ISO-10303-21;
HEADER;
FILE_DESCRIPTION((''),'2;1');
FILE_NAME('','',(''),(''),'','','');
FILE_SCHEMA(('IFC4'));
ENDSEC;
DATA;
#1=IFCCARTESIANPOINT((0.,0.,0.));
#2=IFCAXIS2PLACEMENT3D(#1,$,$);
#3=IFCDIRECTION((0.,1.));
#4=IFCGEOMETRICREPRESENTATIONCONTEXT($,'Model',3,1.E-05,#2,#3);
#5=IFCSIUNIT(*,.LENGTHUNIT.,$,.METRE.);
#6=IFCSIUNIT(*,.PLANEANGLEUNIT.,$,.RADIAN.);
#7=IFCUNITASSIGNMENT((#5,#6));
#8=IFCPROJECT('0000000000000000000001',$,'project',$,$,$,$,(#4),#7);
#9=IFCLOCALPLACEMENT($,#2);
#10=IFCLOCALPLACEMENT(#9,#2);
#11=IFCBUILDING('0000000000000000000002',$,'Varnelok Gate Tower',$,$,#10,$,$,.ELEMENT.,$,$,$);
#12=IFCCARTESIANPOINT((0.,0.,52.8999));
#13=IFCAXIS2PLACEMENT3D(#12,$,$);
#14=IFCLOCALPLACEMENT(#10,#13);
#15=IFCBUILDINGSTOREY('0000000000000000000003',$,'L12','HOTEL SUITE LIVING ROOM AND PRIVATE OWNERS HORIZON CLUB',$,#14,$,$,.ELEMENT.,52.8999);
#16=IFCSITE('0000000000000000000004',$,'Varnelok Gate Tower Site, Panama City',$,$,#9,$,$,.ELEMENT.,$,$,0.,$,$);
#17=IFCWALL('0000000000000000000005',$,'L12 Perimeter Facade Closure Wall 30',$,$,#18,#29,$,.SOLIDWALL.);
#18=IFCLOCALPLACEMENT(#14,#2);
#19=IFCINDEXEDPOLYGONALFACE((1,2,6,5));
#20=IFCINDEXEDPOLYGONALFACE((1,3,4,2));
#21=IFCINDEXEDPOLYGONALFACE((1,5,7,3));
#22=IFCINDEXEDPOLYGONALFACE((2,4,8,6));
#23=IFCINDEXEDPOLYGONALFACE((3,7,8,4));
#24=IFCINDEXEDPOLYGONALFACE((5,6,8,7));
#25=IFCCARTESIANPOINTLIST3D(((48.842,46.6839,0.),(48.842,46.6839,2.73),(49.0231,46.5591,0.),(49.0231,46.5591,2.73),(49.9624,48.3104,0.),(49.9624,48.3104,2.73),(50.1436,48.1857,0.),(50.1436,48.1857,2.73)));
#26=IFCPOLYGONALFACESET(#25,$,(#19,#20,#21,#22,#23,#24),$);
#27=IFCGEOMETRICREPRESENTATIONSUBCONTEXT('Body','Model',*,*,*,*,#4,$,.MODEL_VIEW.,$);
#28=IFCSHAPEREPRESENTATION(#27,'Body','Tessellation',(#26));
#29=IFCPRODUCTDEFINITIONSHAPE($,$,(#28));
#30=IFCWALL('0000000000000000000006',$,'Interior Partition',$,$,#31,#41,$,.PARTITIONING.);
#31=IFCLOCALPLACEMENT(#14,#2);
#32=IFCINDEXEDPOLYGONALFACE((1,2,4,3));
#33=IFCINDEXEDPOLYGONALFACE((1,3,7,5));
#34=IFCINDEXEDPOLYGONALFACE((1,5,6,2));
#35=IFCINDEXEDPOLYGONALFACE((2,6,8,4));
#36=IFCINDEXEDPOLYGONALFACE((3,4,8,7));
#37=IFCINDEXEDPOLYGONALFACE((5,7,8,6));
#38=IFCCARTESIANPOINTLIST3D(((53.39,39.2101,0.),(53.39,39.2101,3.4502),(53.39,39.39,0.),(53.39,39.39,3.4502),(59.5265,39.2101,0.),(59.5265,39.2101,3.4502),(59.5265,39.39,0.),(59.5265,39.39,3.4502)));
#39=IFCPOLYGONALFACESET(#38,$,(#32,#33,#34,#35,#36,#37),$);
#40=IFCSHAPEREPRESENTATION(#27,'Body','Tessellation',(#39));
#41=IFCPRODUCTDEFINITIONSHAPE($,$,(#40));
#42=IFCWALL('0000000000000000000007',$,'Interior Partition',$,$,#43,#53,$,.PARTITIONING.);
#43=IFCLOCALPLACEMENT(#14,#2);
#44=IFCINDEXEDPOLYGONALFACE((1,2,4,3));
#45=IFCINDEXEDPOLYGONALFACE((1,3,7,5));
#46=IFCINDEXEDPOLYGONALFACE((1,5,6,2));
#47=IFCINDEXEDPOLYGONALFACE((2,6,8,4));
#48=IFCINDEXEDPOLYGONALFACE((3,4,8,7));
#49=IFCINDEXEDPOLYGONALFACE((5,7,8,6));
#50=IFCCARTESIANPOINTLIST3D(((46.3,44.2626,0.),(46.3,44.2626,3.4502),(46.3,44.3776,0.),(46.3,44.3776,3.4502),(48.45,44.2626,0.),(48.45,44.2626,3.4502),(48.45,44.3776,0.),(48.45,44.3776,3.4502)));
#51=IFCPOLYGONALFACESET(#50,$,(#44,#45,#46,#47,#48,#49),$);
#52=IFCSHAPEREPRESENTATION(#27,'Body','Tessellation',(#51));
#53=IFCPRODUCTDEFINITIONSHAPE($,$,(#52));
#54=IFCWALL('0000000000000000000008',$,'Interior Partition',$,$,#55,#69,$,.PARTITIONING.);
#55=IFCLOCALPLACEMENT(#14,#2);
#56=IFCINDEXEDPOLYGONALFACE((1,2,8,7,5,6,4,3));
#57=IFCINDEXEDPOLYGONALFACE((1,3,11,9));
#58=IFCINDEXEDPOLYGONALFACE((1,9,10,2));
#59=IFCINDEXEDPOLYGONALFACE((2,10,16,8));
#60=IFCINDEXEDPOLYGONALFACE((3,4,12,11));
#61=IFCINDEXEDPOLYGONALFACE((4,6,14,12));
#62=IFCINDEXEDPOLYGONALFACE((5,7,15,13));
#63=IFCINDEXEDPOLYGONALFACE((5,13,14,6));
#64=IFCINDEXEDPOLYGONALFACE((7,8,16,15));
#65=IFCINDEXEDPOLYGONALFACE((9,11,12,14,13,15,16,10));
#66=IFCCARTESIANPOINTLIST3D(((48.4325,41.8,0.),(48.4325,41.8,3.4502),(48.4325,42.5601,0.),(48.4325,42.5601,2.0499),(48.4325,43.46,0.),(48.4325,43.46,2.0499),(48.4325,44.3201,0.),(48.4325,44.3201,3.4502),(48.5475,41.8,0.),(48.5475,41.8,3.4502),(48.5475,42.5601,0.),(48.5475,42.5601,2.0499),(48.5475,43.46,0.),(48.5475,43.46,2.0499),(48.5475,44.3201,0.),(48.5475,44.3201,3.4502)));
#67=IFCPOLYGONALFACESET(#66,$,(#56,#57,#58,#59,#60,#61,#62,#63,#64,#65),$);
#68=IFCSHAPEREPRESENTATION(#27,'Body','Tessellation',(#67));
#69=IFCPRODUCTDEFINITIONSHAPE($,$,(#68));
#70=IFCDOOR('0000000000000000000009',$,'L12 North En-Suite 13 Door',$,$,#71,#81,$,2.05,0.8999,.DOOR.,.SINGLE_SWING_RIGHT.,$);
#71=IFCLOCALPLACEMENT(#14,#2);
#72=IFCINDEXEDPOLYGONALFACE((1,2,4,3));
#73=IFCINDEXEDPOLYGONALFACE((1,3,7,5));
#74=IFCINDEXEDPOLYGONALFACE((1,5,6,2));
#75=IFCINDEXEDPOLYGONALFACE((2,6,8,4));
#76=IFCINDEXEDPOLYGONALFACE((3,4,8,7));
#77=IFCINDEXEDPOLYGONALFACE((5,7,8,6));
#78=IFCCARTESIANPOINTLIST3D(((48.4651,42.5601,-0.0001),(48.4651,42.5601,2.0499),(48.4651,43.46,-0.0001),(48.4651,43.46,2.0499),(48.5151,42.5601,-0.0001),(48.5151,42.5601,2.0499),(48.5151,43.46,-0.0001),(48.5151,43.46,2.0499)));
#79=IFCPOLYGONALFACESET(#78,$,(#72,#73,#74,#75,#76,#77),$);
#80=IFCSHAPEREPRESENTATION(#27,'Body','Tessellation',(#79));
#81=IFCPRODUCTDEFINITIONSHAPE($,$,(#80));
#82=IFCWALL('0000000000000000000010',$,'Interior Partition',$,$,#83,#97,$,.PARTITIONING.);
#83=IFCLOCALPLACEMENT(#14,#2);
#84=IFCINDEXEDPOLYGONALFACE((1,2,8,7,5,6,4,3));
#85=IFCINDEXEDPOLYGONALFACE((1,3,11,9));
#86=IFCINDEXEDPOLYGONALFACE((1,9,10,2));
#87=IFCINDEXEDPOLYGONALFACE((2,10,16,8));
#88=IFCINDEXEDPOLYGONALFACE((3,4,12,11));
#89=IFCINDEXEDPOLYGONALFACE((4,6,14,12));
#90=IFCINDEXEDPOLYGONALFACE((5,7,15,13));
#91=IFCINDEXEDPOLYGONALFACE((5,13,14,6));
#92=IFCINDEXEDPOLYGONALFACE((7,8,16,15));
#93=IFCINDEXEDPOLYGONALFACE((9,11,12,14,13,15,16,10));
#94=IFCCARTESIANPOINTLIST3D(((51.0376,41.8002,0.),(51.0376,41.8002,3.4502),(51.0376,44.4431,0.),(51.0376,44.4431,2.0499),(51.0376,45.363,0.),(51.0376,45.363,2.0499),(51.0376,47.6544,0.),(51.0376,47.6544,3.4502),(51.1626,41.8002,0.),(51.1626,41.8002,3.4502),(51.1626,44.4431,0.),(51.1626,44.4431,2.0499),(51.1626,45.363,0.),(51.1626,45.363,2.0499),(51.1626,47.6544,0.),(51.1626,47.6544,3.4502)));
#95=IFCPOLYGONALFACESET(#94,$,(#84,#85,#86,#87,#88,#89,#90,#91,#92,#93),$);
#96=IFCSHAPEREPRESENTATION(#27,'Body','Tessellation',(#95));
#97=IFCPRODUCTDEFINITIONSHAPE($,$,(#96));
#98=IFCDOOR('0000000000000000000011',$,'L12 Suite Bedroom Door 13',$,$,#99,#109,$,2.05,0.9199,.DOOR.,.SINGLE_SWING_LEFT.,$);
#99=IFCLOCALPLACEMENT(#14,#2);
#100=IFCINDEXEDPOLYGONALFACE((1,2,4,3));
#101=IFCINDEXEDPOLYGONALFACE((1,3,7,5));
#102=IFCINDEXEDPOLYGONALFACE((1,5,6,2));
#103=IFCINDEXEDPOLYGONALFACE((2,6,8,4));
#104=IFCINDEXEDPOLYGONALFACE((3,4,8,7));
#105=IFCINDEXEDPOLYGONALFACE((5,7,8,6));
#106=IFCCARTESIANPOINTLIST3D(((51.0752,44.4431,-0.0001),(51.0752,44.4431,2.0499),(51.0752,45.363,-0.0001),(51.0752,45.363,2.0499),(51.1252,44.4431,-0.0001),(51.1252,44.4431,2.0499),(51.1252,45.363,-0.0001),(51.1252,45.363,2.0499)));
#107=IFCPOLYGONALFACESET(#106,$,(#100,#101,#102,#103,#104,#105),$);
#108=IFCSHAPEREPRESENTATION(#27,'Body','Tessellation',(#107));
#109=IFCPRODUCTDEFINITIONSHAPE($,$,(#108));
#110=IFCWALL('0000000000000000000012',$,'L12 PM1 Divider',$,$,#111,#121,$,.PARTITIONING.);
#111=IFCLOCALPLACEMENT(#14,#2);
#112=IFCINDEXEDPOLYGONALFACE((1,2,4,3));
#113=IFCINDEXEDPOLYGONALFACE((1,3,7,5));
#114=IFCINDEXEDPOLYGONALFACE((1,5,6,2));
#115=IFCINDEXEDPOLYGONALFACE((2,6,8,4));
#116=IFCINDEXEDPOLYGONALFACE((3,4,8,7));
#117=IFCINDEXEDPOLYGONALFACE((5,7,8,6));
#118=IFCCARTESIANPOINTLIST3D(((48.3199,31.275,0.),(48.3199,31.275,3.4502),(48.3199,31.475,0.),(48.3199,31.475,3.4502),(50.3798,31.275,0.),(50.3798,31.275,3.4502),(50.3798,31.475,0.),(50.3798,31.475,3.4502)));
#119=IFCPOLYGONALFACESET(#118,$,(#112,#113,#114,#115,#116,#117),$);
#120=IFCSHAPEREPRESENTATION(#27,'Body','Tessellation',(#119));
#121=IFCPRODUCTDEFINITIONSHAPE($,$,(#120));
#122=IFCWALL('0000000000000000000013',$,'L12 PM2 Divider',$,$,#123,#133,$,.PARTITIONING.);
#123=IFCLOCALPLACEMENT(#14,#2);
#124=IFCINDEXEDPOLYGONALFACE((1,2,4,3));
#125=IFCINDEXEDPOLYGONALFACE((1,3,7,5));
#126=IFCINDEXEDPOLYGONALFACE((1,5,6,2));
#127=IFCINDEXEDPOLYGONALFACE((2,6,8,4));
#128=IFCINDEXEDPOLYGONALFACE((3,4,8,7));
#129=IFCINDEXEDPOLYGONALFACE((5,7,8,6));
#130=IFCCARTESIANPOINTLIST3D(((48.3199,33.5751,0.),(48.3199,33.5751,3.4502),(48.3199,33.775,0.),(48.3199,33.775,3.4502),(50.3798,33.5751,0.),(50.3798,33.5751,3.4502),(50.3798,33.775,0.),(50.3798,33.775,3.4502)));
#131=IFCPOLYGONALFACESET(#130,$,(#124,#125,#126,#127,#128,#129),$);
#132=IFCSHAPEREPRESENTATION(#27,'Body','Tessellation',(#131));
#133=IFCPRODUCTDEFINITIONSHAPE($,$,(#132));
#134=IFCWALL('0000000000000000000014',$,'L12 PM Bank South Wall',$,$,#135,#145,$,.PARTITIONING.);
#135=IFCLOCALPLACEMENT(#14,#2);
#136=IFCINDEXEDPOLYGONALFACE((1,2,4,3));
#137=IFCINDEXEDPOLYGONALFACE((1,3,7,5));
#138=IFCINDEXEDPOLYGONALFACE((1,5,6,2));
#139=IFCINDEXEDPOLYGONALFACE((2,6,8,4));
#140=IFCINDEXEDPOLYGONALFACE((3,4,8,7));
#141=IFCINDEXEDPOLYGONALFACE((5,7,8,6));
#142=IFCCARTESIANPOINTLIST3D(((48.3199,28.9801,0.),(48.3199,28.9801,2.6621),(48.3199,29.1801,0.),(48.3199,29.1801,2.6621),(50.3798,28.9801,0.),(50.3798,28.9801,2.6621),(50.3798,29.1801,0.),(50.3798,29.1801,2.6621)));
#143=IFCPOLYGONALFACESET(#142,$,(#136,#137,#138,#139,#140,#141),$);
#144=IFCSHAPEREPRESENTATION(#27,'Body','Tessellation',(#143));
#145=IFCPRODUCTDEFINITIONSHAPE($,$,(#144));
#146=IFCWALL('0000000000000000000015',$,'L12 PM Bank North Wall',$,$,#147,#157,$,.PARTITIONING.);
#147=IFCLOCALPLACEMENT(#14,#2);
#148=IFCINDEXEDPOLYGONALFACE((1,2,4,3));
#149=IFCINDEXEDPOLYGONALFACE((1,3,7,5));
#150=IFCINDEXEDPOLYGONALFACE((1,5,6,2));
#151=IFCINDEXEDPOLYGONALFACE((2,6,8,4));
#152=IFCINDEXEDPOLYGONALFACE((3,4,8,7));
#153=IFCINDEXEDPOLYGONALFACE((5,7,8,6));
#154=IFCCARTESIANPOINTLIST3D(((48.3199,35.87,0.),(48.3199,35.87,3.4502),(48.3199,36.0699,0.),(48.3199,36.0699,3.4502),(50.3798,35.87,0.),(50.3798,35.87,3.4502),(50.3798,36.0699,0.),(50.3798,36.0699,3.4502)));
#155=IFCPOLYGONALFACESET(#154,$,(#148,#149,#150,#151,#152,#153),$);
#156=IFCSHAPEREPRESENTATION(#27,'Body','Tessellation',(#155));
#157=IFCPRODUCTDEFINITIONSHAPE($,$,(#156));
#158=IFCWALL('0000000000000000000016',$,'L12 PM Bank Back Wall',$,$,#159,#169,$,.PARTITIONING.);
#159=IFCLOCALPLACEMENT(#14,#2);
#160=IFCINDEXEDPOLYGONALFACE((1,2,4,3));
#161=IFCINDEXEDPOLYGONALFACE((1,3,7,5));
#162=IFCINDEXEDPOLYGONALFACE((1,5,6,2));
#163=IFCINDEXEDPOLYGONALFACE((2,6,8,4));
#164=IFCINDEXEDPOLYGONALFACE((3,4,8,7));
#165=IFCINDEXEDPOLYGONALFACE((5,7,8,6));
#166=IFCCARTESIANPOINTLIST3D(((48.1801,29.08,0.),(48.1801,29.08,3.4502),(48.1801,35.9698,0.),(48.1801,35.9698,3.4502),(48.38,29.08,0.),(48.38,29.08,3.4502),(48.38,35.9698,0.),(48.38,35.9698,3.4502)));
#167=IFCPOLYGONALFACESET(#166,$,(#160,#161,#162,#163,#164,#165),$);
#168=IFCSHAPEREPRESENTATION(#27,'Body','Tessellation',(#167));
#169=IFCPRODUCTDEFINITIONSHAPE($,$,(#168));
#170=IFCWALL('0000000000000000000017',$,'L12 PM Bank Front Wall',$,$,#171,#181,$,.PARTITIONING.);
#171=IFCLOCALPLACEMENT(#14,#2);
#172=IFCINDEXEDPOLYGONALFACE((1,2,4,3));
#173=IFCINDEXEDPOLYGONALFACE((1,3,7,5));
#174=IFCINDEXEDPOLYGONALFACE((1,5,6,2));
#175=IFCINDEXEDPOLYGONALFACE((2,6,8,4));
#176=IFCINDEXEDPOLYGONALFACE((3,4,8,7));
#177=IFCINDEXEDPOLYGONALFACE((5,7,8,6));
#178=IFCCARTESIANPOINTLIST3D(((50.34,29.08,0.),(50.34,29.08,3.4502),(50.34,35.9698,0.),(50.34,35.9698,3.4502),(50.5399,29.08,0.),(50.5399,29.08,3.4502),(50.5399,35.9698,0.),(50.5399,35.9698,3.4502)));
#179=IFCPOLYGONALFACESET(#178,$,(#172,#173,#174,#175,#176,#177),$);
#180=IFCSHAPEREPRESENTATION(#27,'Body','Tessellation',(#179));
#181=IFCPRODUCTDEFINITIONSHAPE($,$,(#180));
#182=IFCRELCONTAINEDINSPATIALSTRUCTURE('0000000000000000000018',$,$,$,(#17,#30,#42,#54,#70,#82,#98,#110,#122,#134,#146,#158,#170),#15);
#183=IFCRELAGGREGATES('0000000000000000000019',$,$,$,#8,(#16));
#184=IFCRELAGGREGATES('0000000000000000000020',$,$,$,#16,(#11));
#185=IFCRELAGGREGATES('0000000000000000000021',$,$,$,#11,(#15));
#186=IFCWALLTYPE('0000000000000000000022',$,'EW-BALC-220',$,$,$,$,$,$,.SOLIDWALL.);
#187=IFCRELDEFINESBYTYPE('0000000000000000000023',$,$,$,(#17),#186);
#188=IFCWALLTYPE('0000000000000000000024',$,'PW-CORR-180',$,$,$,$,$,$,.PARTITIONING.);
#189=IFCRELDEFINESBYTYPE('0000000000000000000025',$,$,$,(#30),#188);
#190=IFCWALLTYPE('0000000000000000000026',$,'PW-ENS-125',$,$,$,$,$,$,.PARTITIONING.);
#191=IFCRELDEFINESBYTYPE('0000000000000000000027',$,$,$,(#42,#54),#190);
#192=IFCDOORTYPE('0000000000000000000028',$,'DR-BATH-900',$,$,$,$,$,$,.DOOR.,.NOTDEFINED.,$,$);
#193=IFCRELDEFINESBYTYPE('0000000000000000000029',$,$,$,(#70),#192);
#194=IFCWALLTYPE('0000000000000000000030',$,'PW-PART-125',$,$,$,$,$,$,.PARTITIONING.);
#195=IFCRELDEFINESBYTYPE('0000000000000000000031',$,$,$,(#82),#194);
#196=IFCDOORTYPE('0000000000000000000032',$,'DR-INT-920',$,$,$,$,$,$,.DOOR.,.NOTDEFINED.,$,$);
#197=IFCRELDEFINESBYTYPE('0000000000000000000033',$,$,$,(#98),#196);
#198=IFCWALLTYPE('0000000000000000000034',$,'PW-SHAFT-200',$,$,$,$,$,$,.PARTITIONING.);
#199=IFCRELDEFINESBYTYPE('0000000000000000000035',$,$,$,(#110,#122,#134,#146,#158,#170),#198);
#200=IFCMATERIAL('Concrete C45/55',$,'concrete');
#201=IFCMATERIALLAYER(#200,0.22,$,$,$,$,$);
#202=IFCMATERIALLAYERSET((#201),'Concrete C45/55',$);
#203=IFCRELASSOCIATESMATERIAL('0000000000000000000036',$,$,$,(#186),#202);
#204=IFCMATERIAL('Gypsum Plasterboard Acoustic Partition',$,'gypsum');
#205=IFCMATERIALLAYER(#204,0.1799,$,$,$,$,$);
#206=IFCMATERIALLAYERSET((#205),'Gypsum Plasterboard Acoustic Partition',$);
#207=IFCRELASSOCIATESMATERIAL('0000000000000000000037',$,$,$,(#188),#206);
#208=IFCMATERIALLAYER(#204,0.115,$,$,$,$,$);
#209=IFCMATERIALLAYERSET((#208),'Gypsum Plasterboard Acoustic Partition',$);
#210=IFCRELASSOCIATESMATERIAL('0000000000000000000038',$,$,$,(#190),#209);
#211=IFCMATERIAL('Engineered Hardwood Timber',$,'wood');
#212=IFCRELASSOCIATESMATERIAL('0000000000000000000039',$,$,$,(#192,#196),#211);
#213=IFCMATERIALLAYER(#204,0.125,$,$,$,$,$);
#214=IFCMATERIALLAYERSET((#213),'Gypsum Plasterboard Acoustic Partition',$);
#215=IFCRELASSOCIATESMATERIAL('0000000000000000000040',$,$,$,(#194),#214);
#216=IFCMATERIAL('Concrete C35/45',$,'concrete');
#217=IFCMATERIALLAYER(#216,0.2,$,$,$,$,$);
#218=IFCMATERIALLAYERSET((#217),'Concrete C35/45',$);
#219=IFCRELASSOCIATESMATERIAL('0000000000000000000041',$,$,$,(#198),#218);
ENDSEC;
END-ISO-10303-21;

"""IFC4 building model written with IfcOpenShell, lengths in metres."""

from ifc_helpers import new_model, si_unit, direction, frame, frame_2d, origin, place, context, subcontext, project, spatial, rectangle, extrude, material, layer, layer_set, type_object, element, fill, save


model = new_model("IFC4")

# Units and contexts
model_context = context("Model", 3, precision=1e-05, world=origin(), true_north=direction((0.0, 1.0)))
body_context = subcontext(model_context, "Body", "Model", "MODEL_VIEW")
ifc_project = project(units=[si_unit("LENGTHUNIT", "METRE"), si_unit("PLANEANGLEUNIT", "RADIAN")], contexts=[model_context])

# Site, building, storey
site_placement = place(None, origin())
site = spatial("IfcSite", under=ifc_project, at=site_placement, Name="Varnelok Gate Tower Site, Panama City", CompositionType="ELEMENT", RefElevation=0.0)
building_placement = place(site_placement, origin())
building = spatial("IfcBuilding", under=site, at=building_placement, Name="Varnelok Gate Tower", CompositionType="ELEMENT")
storey_placement = place(building_placement, frame((0.0, 0.0, 52.8999)))
storey = spatial("IfcBuildingStorey", under=building, at=storey_placement, Name="L12", Description="HOTEL SUITE LIVING ROOM AND PRIVATE OWNERS HORIZON CLUB", CompositionType="ELEMENT", Elevation=52.8999)

# Walls
ifc_material_1 = material(Name="Concrete C45/55", Category="concrete")
ifc_layer_1 = layer(ifc_material_1, 0.22)
ifc_layer_set_1 = layer_set([ifc_layer_1], Name="Concrete C45/55")
wall_type_1 = type_object("IfcWallType", Name="EW-BALC-220", PredefinedType="SOLIDWALL", material=ifc_layer_set_1)
wall_1_placement = place(storey_placement, frame((50.053, 48.248, 0.0), z_axis=(0.0, 0.0, 1.0), x_axis=(-0.567274, -0.823529, 0.0)))
element("IfcWall", 1, at=wall_1_placement, inside=storey, type_object=wall_type_1, Name="L12 Perimeter Facade Closure Wall 30", PredefinedType="SOLIDWALL", context=body_context, shape_type="SweptSolid", body=[
    extrude(rectangle(XDim=1.9751, YDim=0.22, at=frame_2d((0.9875, 0.0))), origin(), (0.0, 0.0, 1.0), 2.73),
])
ifc_material_2 = material(Name="Gypsum Plasterboard Acoustic Partition", Category="gypsum")
ifc_layer_2 = layer(ifc_material_2, 0.1799)
ifc_layer_set_2 = layer_set([ifc_layer_2], Name="Gypsum Plasterboard Acoustic Partition")
wall_type_2 = type_object("IfcWallType", Name="PW-CORR-180", PredefinedType="PARTITIONING", material=ifc_layer_set_2)
wall_2_placement = place(storey_placement, frame((53.3899, 39.3, 0.0), z_axis=(0.0, 0.0, 1.0), x_axis=(1.0, 0.0, 0.0)))
element("IfcWall", 2, at=wall_2_placement, inside=storey, type_object=wall_type_2, Name="Interior Partition", PredefinedType="PARTITIONING", context=body_context, shape_type="SweptSolid", body=[
    extrude(rectangle(XDim=6.1365, YDim=0.1799, at=frame_2d((3.0684, 0.0))), origin(), (0.0, 0.0, 1.0), 3.4502),
])
ifc_layer_3 = layer(ifc_material_2, 0.115)
ifc_layer_set_3 = layer_set([ifc_layer_3], Name="Gypsum Plasterboard Acoustic Partition")
wall_type_3 = type_object("IfcWallType", Name="PW-ENS-125", PredefinedType="PARTITIONING", material=ifc_layer_set_3)
wall_3_placement = place(storey_placement, frame((46.3, 44.3201, 0.0), z_axis=(0.0, 0.0, 1.0), x_axis=(1.0, 0.0, 0.0)))
element("IfcWall", 3, at=wall_3_placement, inside=storey, type_object=wall_type_3, Name="Interior Partition", PredefinedType="PARTITIONING", context=body_context, shape_type="SweptSolid", body=[
    extrude(rectangle(XDim=2.1499, YDim=0.115, at=frame_2d((1.075, 0.0))), origin(), (0.0, 0.0, 1.0), 3.4502),
])

# Walls, openings, doors
wall_4_placement = place(storey_placement, frame((48.49, 41.8, 0.0), z_axis=(0.0, 0.0, 1.0), x_axis=(0.0, 1.0, 0.0)))
wall_4 = element("IfcWall", 4, at=wall_4_placement, inside=storey, type_object=wall_type_3, Name="Interior Partition", PredefinedType="PARTITIONING", context=body_context, shape_type="SweptSolid", body=[
    extrude(rectangle(XDim=2.52, YDim=0.115, at=frame_2d((1.26, 0.0))), origin(), (0.0, 0.0, 1.0), 3.4502),
])
opening_1_placement = place(wall_4_placement, frame((0.76, 0.0, 0.0)))
opening_1 = element("IfcOpeningElement", 5, at=opening_1_placement, cuts=wall_4, PredefinedType="OPENING", context=body_context, shape_type="SweptSolid", body=[
    extrude(rectangle(XDim=0.8999, YDim=2.05, at=frame_2d((0.45, 1.0249))), frame((0.0, 0.0674, 0.0), z_axis=(0.0, -1.0, 0.0), x_axis=(1.0, 0.0, 0.0)), (0.0, 0.0, 1.0), 0.135),
])
ifc_material_3 = material(Name="Engineered Hardwood Timber", Category="wood")
door_type_1 = type_object("IfcDoorType", Name="DR-BATH-900", OperationType="NOTDEFINED", PredefinedType="DOOR", material=ifc_material_3)
door_1_placement = place(opening_1_placement, origin())
door_1 = element("IfcDoor", 6, at=door_1_placement, inside=storey, type_object=door_type_1, Name="L12 North En-Suite 13 Door", OperationType="SINGLE_SWING_RIGHT", OverallHeight=2.05, OverallWidth=0.8999, PredefinedType="DOOR", context=body_context, shape_type="SweptSolid", body=[
    extrude(rectangle(XDim=0.8999, YDim=2.05, at=frame_2d((0.45, 1.0249))), frame((0.0, 0.0249, 0.0), z_axis=(0.0, -1.0, 0.0), x_axis=(1.0, 0.0, 0.0)), (0.0, 0.0, 1.0), 0.05),
])
fill(opening_1, door_1)
ifc_layer_4 = layer(ifc_material_2, 0.125)
ifc_layer_set_4 = layer_set([ifc_layer_4], Name="Gypsum Plasterboard Acoustic Partition")
wall_type_4 = type_object("IfcWallType", Name="PW-PART-125", PredefinedType="PARTITIONING", material=ifc_layer_set_4)
wall_5_placement = place(storey_placement, frame((51.1001, 41.8, 0.0), z_axis=(0.0, 0.0, 1.0), x_axis=(0.0, 1.0, 0.0)))
wall_5 = element("IfcWall", 7, at=wall_5_placement, inside=storey, type_object=wall_type_4, Name="Interior Partition", PredefinedType="PARTITIONING", context=body_context, shape_type="SweptSolid", body=[
    extrude(rectangle(XDim=5.8542, YDim=0.125, at=frame_2d((2.9272, 0.0))), origin(), (0.0, 0.0, 1.0), 3.4502),
])
opening_2_placement = place(wall_5_placement, frame((2.6431, 0.0, 0.0)))
opening_2 = element("IfcOpeningElement", 8, at=opening_2_placement, cuts=wall_5, PredefinedType="OPENING", context=body_context, shape_type="SweptSolid", body=[
    extrude(rectangle(XDim=0.9199, YDim=2.05, at=frame_2d((0.46, 1.0249))), frame((0.0, 0.0725, 0.0), z_axis=(0.0, -1.0, 0.0), x_axis=(1.0, 0.0, 0.0)), (0.0, 0.0, 1.0), 0.145),
])
door_type_2 = type_object("IfcDoorType", Name="DR-INT-920", OperationType="NOTDEFINED", PredefinedType="DOOR", material=ifc_material_3)
door_2_placement = place(opening_2_placement, origin())
door_2 = element("IfcDoor", 9, at=door_2_placement, inside=storey, type_object=door_type_2, Name="L12 Suite Bedroom Door 13", OperationType="SINGLE_SWING_LEFT", OverallHeight=2.05, OverallWidth=0.9199, PredefinedType="DOOR", context=body_context, shape_type="SweptSolid", body=[
    extrude(rectangle(XDim=0.9199, YDim=2.05, at=frame_2d((0.46, 1.0249))), frame((0.0, 0.0249, 0.0), z_axis=(0.0, -1.0, 0.0), x_axis=(1.0, 0.0, 0.0)), (0.0, 0.0, 1.0), 0.05),
])
fill(opening_2, door_2)

# Walls
ifc_material_4 = material(Name="Concrete C35/45", Category="concrete")
ifc_layer_5 = layer(ifc_material_4, 0.2)
ifc_layer_set_5 = layer_set([ifc_layer_5], Name="Concrete C35/45")
wall_type_5 = type_object("IfcWallType", Name="PW-SHAFT-200", PredefinedType="PARTITIONING", material=ifc_layer_set_5)
for number, where, z_axis, x_axis, name in (
    (10, (48.3201, 31.375, 0.0), (0.0, 0.0, 1.0), (1.0, 0.0, 0.0), "L12 PM1 Divider"),
    (11, (48.3201, 33.675, 0.0), (0.0, 0.0, 1.0), (1.0, 0.0, 0.0), "L12 PM2 Divider"),
):
    element("IfcWall", number, at=place(storey_placement, frame(where, z_axis=z_axis, x_axis=x_axis)), inside=storey, type_object=wall_type_5, Name=name, PredefinedType="PARTITIONING", context=body_context, shape_type="SweptSolid", body=[
        extrude(rectangle(XDim=2.0598, YDim=0.2, at=frame_2d((1.0298, 0.0))), origin(), (0.0, 0.0, 1.0), 3.4502),
    ])
wall_6_placement = place(storey_placement, frame((48.3201, 29.0801, 0.0), z_axis=(0.0, 0.0, 1.0), x_axis=(1.0, 0.0, 0.0)))
element("IfcWall", 12, at=wall_6_placement, inside=storey, type_object=wall_type_5, Name="L12 PM Bank South Wall", PredefinedType="PARTITIONING", context=body_context, shape_type="SweptSolid", body=[
    extrude(rectangle(XDim=2.0598, YDim=0.2, at=frame_2d((1.0298, 0.0))), origin(), (0.0, 0.0, 1.0), 2.6621),
])
wall_7_placement = place(storey_placement, frame((48.3201, 35.97, 0.0), z_axis=(0.0, 0.0, 1.0), x_axis=(1.0, 0.0, 0.0)))
element("IfcWall", 13, at=wall_7_placement, inside=storey, type_object=wall_type_5, Name="L12 PM Bank North Wall", PredefinedType="PARTITIONING", context=body_context, shape_type="SweptSolid", body=[
    extrude(rectangle(XDim=2.0598, YDim=0.2, at=frame_2d((1.0298, 0.0))), origin(), (0.0, 0.0, 1.0), 3.4502),
])
for number, where, z_axis, x_axis, name in (
    (14, (48.28, 29.0801, 0.0), (0.0, 0.0, 1.0), (0.0, 1.0, 0.0), "L12 PM Bank Back Wall"),
    (15, (50.4399, 29.0801, 0.0), (0.0, 0.0, 1.0), (0.0, 1.0, 0.0), "L12 PM Bank Front Wall"),
):
    element("IfcWall", number, at=place(storey_placement, frame(where, z_axis=z_axis, x_axis=x_axis)), inside=storey, type_object=wall_type_5, Name=name, PredefinedType="PARTITIONING", context=body_context, shape_type="SweptSolid", body=[
        extrude(rectangle(XDim=6.8899, YDim=0.2, at=frame_2d((3.4448, 0.0))), origin(), (0.0, 0.0, 1.0), 3.4502),
    ])

save(model, "model.ifc")
